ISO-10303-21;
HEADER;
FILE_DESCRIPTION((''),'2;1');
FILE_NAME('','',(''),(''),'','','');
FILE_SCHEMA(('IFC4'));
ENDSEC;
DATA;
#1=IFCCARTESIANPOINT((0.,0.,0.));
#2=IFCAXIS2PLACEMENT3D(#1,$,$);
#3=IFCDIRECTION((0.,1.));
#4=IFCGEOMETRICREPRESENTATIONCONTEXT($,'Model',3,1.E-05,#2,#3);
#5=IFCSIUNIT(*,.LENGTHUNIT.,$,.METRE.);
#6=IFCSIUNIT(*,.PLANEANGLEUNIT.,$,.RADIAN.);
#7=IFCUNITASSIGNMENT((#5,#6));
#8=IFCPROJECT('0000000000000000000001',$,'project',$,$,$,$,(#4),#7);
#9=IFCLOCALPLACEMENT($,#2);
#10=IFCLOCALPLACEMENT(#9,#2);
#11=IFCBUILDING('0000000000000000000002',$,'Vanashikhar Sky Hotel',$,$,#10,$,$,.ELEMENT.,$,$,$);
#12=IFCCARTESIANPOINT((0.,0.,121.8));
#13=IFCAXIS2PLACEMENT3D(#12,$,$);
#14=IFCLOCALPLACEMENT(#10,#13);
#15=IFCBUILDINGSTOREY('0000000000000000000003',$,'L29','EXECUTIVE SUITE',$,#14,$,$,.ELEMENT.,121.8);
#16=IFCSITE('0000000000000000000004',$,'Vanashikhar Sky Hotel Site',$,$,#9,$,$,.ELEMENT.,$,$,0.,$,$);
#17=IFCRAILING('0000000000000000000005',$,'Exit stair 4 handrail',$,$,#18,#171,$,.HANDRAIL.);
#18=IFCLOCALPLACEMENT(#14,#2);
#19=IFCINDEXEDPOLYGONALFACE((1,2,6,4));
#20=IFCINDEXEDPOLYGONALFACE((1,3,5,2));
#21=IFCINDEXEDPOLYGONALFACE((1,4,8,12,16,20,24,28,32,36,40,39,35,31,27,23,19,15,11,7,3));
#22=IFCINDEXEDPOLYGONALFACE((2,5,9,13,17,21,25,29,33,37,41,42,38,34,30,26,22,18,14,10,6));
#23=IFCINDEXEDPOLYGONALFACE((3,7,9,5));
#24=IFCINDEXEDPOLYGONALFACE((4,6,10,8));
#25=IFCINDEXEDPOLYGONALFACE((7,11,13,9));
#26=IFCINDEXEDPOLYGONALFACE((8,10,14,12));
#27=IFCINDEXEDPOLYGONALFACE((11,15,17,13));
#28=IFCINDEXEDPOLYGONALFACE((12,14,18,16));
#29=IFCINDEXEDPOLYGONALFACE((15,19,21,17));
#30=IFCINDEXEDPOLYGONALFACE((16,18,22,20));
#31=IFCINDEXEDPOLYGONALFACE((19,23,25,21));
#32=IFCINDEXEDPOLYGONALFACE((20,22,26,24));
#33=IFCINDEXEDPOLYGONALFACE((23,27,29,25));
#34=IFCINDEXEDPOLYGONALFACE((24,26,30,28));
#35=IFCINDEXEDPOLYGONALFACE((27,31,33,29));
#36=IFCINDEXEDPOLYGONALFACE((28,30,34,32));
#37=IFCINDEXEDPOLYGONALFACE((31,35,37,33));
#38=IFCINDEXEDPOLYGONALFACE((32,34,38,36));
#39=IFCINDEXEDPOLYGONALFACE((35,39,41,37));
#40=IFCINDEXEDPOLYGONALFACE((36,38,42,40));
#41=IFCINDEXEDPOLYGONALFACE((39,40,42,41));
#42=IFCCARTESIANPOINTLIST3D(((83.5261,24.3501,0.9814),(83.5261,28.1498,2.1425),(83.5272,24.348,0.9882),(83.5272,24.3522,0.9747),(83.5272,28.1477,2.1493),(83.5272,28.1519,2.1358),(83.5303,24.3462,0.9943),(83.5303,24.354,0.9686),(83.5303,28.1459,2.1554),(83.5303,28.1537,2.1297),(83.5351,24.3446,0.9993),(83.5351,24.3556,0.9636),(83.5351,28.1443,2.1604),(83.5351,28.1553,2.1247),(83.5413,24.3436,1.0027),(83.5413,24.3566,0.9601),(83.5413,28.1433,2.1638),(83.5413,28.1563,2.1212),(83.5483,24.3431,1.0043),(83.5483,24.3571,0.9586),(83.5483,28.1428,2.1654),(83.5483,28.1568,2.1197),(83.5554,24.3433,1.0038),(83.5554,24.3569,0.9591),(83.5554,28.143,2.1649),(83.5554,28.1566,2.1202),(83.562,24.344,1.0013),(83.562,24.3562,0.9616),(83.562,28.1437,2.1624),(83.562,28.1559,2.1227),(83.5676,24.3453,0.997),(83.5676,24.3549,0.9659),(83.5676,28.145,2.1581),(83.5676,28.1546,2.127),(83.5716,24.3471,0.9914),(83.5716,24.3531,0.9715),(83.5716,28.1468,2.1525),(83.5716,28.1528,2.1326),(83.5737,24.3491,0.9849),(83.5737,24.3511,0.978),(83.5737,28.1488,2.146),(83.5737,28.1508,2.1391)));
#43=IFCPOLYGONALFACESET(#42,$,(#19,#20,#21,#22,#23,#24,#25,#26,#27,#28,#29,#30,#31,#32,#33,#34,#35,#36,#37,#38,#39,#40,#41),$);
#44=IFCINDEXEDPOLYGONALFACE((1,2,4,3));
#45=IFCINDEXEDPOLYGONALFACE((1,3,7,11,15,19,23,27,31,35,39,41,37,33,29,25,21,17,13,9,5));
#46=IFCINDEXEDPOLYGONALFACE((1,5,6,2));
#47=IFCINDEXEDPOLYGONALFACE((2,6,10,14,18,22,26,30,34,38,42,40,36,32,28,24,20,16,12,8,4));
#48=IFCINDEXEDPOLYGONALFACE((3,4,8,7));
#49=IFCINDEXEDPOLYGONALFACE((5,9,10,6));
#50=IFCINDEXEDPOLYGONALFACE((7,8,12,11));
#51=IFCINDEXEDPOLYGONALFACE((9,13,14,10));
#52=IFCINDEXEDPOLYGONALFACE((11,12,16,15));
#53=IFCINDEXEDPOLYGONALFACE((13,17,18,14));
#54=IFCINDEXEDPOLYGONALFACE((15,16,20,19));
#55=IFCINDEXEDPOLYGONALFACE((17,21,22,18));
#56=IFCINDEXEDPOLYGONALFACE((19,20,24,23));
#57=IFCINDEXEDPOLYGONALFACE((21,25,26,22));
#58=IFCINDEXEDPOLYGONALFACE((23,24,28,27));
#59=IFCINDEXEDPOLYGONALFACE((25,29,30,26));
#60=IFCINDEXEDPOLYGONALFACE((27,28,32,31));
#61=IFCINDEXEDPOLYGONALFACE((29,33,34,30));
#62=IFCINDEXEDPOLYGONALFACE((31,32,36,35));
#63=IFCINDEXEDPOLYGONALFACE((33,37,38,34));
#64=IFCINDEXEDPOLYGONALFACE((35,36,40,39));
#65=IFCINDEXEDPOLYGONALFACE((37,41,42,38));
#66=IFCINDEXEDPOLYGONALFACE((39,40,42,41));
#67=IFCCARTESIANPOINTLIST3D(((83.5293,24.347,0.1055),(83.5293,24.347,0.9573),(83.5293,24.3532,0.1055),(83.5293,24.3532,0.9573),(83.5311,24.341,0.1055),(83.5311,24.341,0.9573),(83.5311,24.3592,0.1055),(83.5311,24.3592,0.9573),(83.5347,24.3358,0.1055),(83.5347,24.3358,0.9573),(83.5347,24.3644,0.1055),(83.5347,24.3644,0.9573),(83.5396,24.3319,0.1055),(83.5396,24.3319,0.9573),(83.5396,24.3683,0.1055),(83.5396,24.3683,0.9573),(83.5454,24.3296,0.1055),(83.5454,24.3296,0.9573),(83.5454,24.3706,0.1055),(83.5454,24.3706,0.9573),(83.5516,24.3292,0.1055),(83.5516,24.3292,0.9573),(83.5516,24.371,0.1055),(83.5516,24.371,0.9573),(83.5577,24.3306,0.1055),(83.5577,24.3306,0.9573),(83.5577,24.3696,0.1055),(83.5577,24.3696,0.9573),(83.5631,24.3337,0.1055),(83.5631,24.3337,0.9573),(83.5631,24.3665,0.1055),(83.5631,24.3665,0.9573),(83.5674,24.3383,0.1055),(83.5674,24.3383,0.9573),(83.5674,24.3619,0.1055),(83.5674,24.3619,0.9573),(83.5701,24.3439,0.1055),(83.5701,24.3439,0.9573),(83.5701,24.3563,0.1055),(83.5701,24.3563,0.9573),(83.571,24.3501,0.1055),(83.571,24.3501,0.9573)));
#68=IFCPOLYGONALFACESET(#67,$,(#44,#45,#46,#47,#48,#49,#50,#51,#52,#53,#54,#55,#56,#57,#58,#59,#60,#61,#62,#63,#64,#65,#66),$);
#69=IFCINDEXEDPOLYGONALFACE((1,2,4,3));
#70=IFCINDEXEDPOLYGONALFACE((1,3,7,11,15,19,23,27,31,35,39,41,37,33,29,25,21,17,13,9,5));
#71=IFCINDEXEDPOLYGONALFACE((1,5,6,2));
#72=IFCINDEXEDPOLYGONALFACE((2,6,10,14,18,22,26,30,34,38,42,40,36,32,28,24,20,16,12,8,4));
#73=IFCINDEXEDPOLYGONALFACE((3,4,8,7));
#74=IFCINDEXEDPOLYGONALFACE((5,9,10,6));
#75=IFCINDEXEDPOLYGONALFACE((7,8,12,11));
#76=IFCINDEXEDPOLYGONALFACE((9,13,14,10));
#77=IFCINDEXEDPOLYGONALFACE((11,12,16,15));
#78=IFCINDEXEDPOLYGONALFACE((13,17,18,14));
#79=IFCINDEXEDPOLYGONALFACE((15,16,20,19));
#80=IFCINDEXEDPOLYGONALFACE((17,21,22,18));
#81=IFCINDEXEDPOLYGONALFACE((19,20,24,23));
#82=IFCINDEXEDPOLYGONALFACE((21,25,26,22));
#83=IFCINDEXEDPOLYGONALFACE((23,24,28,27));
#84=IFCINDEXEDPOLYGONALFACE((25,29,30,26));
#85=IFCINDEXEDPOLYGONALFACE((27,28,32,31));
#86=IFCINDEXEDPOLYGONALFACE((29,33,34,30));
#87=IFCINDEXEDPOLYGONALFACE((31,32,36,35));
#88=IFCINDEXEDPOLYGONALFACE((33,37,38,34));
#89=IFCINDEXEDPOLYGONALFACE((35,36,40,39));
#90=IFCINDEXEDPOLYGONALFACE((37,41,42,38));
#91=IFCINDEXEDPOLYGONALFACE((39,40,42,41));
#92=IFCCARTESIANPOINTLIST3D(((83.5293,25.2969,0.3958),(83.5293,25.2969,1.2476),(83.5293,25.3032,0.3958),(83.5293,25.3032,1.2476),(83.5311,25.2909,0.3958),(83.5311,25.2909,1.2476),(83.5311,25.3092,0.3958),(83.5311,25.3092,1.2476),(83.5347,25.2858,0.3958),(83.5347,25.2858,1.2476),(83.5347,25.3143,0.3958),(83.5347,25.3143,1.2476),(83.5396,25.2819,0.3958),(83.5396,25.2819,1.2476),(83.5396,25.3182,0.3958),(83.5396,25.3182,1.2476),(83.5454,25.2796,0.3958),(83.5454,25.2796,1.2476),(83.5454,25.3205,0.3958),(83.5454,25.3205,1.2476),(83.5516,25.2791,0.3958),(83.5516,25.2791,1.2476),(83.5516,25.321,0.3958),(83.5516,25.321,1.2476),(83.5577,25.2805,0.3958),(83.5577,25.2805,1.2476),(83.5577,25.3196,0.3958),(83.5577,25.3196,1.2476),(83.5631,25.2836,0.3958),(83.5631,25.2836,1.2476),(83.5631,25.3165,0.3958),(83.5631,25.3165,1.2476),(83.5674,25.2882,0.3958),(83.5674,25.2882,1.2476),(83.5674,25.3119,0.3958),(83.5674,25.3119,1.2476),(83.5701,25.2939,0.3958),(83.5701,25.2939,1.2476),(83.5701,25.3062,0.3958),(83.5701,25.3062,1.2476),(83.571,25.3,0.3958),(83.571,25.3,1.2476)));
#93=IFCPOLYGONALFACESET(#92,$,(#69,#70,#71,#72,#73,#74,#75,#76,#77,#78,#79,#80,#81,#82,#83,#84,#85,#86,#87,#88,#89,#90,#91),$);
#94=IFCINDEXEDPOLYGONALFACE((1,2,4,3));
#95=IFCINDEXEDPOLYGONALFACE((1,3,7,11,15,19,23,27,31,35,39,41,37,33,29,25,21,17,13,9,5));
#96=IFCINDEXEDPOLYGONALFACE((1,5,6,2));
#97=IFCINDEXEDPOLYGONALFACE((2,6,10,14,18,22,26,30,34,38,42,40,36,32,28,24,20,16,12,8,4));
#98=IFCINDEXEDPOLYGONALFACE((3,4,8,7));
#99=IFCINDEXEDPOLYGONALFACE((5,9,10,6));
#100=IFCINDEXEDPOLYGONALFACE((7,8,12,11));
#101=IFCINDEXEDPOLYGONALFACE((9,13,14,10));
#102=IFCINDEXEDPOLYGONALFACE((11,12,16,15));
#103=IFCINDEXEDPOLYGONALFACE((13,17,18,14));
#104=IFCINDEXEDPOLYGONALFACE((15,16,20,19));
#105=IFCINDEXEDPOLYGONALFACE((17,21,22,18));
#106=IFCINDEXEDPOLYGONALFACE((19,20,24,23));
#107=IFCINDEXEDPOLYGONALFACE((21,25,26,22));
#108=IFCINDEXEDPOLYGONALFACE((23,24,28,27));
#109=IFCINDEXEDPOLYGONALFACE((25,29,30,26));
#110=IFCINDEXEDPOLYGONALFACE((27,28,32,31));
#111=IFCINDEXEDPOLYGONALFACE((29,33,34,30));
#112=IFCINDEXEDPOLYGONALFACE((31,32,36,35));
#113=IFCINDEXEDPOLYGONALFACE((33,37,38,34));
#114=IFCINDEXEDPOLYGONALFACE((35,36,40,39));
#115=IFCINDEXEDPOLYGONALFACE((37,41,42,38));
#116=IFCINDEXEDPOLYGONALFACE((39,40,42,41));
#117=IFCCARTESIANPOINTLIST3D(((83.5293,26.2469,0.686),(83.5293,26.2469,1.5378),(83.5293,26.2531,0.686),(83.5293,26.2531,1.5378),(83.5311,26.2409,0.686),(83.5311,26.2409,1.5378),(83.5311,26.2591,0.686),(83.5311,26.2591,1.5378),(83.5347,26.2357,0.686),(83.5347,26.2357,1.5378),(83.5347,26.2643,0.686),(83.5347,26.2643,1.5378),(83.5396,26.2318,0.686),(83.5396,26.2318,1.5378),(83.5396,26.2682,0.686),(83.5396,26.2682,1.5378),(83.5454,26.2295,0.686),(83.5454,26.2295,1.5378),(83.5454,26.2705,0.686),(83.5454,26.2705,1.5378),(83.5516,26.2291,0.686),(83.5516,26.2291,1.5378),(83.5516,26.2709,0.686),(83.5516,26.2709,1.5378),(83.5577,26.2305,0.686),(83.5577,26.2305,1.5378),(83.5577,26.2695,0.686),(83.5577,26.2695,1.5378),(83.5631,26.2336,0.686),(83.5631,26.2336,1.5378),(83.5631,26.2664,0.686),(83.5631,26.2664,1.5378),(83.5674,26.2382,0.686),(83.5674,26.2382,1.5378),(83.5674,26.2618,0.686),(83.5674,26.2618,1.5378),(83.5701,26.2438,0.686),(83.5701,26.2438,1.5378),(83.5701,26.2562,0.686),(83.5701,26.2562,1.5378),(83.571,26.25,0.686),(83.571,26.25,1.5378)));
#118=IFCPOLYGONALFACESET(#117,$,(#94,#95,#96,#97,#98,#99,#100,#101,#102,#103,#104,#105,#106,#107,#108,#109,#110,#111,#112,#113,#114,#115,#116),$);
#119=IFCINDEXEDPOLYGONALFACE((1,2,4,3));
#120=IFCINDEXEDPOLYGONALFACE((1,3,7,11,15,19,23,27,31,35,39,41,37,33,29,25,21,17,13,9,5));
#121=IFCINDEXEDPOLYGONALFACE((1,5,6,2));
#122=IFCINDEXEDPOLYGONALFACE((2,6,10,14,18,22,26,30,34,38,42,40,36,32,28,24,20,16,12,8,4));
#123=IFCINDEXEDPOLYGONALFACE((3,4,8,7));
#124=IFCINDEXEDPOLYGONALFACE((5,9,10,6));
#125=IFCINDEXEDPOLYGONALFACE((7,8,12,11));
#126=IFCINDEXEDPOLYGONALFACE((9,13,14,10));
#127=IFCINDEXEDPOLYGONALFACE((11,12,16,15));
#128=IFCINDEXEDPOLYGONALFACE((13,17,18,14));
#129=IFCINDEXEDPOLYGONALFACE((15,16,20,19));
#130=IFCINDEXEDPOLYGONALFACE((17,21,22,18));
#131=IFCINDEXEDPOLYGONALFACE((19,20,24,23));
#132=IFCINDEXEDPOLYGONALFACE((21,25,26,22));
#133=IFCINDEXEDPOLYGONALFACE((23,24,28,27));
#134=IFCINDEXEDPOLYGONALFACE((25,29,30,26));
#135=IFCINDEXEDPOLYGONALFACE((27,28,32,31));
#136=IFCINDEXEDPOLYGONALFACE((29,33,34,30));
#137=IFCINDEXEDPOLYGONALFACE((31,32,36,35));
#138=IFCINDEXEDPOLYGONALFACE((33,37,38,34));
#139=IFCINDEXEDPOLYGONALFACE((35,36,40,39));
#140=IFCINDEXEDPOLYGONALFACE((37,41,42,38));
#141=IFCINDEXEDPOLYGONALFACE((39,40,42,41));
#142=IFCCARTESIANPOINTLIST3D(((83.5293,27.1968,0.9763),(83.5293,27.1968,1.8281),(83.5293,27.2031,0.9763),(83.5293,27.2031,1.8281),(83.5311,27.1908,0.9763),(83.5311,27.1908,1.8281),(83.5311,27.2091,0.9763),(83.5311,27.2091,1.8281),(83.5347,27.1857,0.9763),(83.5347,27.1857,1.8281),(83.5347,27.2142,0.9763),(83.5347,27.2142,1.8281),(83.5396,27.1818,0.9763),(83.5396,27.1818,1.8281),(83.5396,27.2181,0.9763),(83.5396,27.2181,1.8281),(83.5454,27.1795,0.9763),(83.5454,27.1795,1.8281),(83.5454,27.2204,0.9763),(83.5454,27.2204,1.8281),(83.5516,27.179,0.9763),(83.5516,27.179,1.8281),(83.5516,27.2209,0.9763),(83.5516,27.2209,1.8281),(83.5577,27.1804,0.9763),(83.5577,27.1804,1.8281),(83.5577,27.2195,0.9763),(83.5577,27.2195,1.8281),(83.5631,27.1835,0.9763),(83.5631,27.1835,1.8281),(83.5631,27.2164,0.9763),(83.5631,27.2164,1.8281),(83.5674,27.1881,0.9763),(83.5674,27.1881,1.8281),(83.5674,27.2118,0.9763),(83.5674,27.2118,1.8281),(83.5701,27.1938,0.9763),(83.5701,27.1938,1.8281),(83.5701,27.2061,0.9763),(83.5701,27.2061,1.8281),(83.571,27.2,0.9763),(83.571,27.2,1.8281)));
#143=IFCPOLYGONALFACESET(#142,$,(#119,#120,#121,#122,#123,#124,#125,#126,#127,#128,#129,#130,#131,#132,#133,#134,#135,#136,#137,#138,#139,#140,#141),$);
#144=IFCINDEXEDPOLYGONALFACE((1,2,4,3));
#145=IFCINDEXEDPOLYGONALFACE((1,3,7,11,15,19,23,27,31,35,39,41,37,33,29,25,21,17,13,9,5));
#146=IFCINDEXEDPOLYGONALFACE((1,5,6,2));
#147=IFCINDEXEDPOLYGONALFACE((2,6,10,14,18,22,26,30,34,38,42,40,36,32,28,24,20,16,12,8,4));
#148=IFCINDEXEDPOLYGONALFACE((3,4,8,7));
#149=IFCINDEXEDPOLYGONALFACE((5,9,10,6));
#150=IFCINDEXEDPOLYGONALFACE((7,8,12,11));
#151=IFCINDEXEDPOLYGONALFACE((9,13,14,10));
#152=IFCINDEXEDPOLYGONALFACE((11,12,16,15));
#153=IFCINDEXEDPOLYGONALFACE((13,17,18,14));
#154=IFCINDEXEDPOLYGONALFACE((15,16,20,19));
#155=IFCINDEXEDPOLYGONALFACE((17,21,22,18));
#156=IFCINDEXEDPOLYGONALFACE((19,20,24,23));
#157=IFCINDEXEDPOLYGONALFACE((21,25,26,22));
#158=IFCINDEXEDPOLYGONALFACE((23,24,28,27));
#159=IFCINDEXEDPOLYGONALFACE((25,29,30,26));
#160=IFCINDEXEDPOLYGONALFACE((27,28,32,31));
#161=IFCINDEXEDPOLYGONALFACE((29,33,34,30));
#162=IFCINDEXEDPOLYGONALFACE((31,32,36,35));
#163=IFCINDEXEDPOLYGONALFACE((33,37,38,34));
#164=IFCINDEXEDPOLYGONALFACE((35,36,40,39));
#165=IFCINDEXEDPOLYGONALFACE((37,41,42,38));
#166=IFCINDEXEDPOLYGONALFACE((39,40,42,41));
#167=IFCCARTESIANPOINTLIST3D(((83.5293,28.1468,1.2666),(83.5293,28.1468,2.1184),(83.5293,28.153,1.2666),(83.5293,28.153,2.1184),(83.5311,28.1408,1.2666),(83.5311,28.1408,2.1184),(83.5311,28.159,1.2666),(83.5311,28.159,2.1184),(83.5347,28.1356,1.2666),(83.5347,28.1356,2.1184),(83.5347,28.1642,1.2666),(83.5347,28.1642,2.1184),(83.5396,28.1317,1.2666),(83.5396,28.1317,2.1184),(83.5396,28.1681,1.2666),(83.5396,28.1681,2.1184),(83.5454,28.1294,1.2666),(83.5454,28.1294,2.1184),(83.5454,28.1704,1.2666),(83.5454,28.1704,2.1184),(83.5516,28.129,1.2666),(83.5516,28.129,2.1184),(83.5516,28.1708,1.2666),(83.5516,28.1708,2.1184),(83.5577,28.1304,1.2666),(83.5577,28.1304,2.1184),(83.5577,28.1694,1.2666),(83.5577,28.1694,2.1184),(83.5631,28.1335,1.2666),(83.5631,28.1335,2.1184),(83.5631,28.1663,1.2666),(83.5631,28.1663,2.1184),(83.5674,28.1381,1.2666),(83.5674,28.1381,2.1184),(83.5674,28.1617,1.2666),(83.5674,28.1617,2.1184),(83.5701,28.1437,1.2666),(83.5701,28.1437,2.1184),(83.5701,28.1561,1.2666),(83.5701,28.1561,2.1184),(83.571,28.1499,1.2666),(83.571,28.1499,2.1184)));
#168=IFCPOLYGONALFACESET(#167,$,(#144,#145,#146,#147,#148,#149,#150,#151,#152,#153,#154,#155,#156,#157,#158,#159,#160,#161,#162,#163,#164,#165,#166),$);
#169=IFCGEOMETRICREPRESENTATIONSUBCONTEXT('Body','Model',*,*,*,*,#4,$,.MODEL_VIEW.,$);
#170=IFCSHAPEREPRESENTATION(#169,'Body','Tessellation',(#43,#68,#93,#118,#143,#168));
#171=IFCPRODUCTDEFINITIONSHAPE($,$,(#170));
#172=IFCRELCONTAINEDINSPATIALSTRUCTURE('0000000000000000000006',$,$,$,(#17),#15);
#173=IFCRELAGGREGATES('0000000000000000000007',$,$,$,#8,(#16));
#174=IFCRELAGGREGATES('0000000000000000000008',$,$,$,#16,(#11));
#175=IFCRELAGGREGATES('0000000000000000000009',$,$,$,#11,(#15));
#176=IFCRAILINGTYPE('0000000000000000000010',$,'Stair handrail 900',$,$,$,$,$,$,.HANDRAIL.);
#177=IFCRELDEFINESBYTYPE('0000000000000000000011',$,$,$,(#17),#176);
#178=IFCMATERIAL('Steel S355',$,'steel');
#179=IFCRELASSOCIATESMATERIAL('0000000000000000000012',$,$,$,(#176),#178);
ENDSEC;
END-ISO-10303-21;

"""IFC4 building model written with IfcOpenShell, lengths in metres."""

from ifc_helpers import new_model, si_unit, direction, frame, origin, origin_2d, place, context, subcontext, project, spatial, circle, extrude, source, transform, mapped, material, type_object, element, save


model = new_model("IFC4")

# Units and contexts
model_context = context("Model", 3, precision=1e-05, world=origin(), true_north=direction((0.0, 1.0)))
body_context = subcontext(model_context, "Body", "Model", "MODEL_VIEW")
ifc_project = project(units=[si_unit("LENGTHUNIT", "METRE"), si_unit("PLANEANGLEUNIT", "RADIAN")], contexts=[model_context])

# Site, building, storey
site_placement = place(None, origin())
site = spatial("IfcSite", under=ifc_project, at=site_placement, Name="Vanashikhar Sky Hotel Site", CompositionType="ELEMENT", RefElevation=0.0)
building_placement = place(site_placement, origin())
building = spatial("IfcBuilding", under=site, at=building_placement, Name="Vanashikhar Sky Hotel", CompositionType="ELEMENT")
storey_placement = place(building_placement, frame((0.0, 0.0, 121.8)))
storey = spatial("IfcBuildingStorey", under=building, at=storey_placement, Name="L29", Description="EXECUTIVE SUITE", CompositionType="ELEMENT", Elevation=121.8)

# Railing
ifc_material_1 = material(Name="Steel S355", Category="steel")
railing_type_1 = type_object("IfcRailingType", Name="Stair handrail 900", PredefinedType="HANDRAIL", material=ifc_material_1)
shared_shape_1 = source(origin(), body_context, "Body", "SweptSolid", [
    extrude(circle(Radius=0.0239, at=origin_2d()), frame((0.0, 0.0, 0.876), z_axis=(0.0, 0.956346, 0.292237), x_axis=(-1.0, 0.0, 0.0)), (0.0, 0.0, 1.0), 3.9731),
    extrude(circle(Radius=0.021, at=origin_2d()), origin(), (0.0, 0.0, 1.0), 0.8518),
    extrude(circle(Radius=0.021, at=origin_2d()), frame((0.0, 0.95, 0.2903)), (0.0, 0.0, 1.0), 0.8518),
    extrude(circle(Radius=0.021, at=origin_2d()), frame((0.0, 1.8999, 0.5806)), (0.0, 0.0, 1.0), 0.8518),
    extrude(circle(Radius=0.021, at=origin_2d()), frame((0.0, 2.8499, 0.8708)), (0.0, 0.0, 1.0), 0.8518),
    extrude(circle(Radius=0.021, at=origin_2d()), frame((0.0, 3.7998, 1.1611)), (0.0, 0.0, 1.0), 0.8518),
])
for number, where, name in (
    (1, (83.55, 24.3501, 0.1055), "Exit stair 4 handrail"),
):
    element("IfcRailing", number, at=place(storey_placement, frame(where)), inside=storey, type_object=railing_type_1, Name=name, PredefinedType="HANDRAIL", context=body_context, shape_type="MappedRepresentation", body=[
        mapped(shared_shape_1, transform((0.0, 0.0, 0.0), scale=1.0)),
    ])

save(model, "model.ifc")
